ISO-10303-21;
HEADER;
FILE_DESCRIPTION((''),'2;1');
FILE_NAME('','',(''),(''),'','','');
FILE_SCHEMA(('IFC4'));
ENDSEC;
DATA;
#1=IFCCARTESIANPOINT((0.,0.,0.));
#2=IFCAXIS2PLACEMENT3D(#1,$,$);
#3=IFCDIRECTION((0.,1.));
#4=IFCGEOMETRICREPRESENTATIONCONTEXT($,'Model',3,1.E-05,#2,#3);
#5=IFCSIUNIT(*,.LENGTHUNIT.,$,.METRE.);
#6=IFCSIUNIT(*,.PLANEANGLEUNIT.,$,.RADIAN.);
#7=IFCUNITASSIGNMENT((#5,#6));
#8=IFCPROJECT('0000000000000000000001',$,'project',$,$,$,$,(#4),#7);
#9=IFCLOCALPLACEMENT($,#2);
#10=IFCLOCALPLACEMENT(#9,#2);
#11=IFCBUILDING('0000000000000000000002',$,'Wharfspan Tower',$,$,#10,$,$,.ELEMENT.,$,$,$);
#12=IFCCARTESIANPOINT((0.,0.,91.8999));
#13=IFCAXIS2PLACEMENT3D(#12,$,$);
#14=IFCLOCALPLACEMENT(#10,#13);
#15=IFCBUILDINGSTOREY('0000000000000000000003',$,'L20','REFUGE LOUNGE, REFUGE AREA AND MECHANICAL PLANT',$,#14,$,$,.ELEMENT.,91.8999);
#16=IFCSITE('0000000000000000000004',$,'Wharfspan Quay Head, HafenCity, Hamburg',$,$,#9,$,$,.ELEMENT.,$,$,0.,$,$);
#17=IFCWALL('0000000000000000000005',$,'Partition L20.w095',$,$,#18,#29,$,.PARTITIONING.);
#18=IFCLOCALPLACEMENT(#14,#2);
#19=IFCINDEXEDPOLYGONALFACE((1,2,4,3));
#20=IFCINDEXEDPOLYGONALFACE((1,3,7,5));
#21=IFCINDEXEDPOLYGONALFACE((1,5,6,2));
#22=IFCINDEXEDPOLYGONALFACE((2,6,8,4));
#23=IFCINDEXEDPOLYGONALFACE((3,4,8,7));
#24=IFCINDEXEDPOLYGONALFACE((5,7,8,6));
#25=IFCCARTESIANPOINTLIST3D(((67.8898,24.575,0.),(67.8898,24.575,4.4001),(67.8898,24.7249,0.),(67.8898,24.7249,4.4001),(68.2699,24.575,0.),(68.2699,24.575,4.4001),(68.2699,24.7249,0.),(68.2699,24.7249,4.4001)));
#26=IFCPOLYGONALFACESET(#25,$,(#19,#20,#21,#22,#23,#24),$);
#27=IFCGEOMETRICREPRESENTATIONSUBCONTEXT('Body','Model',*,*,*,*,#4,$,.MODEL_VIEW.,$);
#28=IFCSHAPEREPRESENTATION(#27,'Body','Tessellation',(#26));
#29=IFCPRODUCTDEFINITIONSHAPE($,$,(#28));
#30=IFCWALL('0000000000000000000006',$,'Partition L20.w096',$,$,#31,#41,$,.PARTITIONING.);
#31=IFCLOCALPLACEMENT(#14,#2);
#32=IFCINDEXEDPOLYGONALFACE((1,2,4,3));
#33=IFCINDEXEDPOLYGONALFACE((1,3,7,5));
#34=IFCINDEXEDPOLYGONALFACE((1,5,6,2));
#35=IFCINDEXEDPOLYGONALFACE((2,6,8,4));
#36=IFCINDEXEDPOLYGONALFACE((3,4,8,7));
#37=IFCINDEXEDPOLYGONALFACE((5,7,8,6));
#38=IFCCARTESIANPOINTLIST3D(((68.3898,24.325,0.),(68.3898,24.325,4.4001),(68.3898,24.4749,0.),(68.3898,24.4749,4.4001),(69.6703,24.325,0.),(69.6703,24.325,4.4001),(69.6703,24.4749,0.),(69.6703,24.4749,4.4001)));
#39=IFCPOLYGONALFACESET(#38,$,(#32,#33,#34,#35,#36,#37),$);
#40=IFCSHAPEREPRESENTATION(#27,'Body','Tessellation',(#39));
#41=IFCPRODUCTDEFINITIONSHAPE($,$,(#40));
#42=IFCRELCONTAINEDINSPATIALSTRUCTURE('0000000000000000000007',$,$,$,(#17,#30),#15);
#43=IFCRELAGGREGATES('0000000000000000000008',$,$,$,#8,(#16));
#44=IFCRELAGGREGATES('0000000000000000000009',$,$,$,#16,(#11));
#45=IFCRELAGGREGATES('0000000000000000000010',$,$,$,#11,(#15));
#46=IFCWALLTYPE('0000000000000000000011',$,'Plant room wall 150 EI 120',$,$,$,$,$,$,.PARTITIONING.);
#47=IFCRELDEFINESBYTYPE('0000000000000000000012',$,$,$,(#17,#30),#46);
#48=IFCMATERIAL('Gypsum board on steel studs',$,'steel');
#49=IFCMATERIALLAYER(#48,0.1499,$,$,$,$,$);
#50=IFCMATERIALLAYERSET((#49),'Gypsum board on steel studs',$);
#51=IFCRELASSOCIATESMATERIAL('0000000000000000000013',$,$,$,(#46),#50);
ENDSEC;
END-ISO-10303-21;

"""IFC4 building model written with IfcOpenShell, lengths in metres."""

from ifc_helpers import new_model, si_unit, direction, frame, frame_2d, origin, place, context, subcontext, project, spatial, rectangle, extrude, material, layer, layer_set, type_object, element, save


model = new_model("IFC4")

# Units and contexts
model_context = context("Model", 3, precision=1e-05, world=origin(), true_north=direction((0.0, 1.0)))
body_context = subcontext(model_context, "Body", "Model", "MODEL_VIEW")
ifc_project = project(units=[si_unit("LENGTHUNIT", "METRE"), si_unit("PLANEANGLEUNIT", "RADIAN")], contexts=[model_context])

# Site, building, storey
site_placement = place(None, origin())
site = spatial("IfcSite", under=ifc_project, at=site_placement, Name="Wharfspan Quay Head, HafenCity, Hamburg", CompositionType="ELEMENT", RefElevation=0.0)
building_placement = place(site_placement, origin())
building = spatial("IfcBuilding", under=site, at=building_placement, Name="Wharfspan Tower", CompositionType="ELEMENT")
storey_placement = place(building_placement, frame((0.0, 0.0, 91.8999)))
storey = spatial("IfcBuildingStorey", under=building, at=storey_placement, Name="L20", Description="REFUGE LOUNGE, REFUGE AREA AND MECHANICAL PLANT", CompositionType="ELEMENT", Elevation=91.8999)

# Shared definitions
ifc_material_1 = material(Name="Gypsum board on steel studs", Category="steel")
ifc_layer_1 = layer(ifc_material_1, 0.1499)
ifc_layer_set_1 = layer_set([ifc_layer_1], Name="Gypsum board on steel studs")
wall_type_1 = type_object("IfcWallType", Name="Plant room wall 150 EI 120", PredefinedType="PARTITIONING", material=ifc_layer_set_1)

# Walls
wall_1_placement = place(storey_placement, frame((67.8899, 24.6499, 0.0), z_axis=(0.0, 0.0, 1.0), x_axis=(1.0, 0.0, 0.0)))
element("IfcWall", 1, at=wall_1_placement, inside=storey, type_object=wall_type_1, Name="Partition L20.w095", PredefinedType="PARTITIONING", context=body_context, shape_type="SweptSolid", body=[
    extrude(rectangle(XDim=0.3801, YDim=0.1499, at=frame_2d((0.1899, 0.0))), origin(), (0.0, 0.0, 1.0), 4.4001),
])
wall_2_placement = place(storey_placement, frame((68.3899, 24.3999, 0.0), z_axis=(0.0, 0.0, 1.0), x_axis=(1.0, 0.0, 0.0)))
element("IfcWall", 2, at=wall_2_placement, inside=storey, type_object=wall_type_1, Name="Partition L20.w096", PredefinedType="PARTITIONING", context=body_context, shape_type="SweptSolid", body=[
    extrude(rectangle(XDim=1.2805, YDim=0.1499, at=frame_2d((0.6401, 0.0))), origin(), (0.0, 0.0, 1.0), 4.4001),
])

save(model, "model.ifc")
